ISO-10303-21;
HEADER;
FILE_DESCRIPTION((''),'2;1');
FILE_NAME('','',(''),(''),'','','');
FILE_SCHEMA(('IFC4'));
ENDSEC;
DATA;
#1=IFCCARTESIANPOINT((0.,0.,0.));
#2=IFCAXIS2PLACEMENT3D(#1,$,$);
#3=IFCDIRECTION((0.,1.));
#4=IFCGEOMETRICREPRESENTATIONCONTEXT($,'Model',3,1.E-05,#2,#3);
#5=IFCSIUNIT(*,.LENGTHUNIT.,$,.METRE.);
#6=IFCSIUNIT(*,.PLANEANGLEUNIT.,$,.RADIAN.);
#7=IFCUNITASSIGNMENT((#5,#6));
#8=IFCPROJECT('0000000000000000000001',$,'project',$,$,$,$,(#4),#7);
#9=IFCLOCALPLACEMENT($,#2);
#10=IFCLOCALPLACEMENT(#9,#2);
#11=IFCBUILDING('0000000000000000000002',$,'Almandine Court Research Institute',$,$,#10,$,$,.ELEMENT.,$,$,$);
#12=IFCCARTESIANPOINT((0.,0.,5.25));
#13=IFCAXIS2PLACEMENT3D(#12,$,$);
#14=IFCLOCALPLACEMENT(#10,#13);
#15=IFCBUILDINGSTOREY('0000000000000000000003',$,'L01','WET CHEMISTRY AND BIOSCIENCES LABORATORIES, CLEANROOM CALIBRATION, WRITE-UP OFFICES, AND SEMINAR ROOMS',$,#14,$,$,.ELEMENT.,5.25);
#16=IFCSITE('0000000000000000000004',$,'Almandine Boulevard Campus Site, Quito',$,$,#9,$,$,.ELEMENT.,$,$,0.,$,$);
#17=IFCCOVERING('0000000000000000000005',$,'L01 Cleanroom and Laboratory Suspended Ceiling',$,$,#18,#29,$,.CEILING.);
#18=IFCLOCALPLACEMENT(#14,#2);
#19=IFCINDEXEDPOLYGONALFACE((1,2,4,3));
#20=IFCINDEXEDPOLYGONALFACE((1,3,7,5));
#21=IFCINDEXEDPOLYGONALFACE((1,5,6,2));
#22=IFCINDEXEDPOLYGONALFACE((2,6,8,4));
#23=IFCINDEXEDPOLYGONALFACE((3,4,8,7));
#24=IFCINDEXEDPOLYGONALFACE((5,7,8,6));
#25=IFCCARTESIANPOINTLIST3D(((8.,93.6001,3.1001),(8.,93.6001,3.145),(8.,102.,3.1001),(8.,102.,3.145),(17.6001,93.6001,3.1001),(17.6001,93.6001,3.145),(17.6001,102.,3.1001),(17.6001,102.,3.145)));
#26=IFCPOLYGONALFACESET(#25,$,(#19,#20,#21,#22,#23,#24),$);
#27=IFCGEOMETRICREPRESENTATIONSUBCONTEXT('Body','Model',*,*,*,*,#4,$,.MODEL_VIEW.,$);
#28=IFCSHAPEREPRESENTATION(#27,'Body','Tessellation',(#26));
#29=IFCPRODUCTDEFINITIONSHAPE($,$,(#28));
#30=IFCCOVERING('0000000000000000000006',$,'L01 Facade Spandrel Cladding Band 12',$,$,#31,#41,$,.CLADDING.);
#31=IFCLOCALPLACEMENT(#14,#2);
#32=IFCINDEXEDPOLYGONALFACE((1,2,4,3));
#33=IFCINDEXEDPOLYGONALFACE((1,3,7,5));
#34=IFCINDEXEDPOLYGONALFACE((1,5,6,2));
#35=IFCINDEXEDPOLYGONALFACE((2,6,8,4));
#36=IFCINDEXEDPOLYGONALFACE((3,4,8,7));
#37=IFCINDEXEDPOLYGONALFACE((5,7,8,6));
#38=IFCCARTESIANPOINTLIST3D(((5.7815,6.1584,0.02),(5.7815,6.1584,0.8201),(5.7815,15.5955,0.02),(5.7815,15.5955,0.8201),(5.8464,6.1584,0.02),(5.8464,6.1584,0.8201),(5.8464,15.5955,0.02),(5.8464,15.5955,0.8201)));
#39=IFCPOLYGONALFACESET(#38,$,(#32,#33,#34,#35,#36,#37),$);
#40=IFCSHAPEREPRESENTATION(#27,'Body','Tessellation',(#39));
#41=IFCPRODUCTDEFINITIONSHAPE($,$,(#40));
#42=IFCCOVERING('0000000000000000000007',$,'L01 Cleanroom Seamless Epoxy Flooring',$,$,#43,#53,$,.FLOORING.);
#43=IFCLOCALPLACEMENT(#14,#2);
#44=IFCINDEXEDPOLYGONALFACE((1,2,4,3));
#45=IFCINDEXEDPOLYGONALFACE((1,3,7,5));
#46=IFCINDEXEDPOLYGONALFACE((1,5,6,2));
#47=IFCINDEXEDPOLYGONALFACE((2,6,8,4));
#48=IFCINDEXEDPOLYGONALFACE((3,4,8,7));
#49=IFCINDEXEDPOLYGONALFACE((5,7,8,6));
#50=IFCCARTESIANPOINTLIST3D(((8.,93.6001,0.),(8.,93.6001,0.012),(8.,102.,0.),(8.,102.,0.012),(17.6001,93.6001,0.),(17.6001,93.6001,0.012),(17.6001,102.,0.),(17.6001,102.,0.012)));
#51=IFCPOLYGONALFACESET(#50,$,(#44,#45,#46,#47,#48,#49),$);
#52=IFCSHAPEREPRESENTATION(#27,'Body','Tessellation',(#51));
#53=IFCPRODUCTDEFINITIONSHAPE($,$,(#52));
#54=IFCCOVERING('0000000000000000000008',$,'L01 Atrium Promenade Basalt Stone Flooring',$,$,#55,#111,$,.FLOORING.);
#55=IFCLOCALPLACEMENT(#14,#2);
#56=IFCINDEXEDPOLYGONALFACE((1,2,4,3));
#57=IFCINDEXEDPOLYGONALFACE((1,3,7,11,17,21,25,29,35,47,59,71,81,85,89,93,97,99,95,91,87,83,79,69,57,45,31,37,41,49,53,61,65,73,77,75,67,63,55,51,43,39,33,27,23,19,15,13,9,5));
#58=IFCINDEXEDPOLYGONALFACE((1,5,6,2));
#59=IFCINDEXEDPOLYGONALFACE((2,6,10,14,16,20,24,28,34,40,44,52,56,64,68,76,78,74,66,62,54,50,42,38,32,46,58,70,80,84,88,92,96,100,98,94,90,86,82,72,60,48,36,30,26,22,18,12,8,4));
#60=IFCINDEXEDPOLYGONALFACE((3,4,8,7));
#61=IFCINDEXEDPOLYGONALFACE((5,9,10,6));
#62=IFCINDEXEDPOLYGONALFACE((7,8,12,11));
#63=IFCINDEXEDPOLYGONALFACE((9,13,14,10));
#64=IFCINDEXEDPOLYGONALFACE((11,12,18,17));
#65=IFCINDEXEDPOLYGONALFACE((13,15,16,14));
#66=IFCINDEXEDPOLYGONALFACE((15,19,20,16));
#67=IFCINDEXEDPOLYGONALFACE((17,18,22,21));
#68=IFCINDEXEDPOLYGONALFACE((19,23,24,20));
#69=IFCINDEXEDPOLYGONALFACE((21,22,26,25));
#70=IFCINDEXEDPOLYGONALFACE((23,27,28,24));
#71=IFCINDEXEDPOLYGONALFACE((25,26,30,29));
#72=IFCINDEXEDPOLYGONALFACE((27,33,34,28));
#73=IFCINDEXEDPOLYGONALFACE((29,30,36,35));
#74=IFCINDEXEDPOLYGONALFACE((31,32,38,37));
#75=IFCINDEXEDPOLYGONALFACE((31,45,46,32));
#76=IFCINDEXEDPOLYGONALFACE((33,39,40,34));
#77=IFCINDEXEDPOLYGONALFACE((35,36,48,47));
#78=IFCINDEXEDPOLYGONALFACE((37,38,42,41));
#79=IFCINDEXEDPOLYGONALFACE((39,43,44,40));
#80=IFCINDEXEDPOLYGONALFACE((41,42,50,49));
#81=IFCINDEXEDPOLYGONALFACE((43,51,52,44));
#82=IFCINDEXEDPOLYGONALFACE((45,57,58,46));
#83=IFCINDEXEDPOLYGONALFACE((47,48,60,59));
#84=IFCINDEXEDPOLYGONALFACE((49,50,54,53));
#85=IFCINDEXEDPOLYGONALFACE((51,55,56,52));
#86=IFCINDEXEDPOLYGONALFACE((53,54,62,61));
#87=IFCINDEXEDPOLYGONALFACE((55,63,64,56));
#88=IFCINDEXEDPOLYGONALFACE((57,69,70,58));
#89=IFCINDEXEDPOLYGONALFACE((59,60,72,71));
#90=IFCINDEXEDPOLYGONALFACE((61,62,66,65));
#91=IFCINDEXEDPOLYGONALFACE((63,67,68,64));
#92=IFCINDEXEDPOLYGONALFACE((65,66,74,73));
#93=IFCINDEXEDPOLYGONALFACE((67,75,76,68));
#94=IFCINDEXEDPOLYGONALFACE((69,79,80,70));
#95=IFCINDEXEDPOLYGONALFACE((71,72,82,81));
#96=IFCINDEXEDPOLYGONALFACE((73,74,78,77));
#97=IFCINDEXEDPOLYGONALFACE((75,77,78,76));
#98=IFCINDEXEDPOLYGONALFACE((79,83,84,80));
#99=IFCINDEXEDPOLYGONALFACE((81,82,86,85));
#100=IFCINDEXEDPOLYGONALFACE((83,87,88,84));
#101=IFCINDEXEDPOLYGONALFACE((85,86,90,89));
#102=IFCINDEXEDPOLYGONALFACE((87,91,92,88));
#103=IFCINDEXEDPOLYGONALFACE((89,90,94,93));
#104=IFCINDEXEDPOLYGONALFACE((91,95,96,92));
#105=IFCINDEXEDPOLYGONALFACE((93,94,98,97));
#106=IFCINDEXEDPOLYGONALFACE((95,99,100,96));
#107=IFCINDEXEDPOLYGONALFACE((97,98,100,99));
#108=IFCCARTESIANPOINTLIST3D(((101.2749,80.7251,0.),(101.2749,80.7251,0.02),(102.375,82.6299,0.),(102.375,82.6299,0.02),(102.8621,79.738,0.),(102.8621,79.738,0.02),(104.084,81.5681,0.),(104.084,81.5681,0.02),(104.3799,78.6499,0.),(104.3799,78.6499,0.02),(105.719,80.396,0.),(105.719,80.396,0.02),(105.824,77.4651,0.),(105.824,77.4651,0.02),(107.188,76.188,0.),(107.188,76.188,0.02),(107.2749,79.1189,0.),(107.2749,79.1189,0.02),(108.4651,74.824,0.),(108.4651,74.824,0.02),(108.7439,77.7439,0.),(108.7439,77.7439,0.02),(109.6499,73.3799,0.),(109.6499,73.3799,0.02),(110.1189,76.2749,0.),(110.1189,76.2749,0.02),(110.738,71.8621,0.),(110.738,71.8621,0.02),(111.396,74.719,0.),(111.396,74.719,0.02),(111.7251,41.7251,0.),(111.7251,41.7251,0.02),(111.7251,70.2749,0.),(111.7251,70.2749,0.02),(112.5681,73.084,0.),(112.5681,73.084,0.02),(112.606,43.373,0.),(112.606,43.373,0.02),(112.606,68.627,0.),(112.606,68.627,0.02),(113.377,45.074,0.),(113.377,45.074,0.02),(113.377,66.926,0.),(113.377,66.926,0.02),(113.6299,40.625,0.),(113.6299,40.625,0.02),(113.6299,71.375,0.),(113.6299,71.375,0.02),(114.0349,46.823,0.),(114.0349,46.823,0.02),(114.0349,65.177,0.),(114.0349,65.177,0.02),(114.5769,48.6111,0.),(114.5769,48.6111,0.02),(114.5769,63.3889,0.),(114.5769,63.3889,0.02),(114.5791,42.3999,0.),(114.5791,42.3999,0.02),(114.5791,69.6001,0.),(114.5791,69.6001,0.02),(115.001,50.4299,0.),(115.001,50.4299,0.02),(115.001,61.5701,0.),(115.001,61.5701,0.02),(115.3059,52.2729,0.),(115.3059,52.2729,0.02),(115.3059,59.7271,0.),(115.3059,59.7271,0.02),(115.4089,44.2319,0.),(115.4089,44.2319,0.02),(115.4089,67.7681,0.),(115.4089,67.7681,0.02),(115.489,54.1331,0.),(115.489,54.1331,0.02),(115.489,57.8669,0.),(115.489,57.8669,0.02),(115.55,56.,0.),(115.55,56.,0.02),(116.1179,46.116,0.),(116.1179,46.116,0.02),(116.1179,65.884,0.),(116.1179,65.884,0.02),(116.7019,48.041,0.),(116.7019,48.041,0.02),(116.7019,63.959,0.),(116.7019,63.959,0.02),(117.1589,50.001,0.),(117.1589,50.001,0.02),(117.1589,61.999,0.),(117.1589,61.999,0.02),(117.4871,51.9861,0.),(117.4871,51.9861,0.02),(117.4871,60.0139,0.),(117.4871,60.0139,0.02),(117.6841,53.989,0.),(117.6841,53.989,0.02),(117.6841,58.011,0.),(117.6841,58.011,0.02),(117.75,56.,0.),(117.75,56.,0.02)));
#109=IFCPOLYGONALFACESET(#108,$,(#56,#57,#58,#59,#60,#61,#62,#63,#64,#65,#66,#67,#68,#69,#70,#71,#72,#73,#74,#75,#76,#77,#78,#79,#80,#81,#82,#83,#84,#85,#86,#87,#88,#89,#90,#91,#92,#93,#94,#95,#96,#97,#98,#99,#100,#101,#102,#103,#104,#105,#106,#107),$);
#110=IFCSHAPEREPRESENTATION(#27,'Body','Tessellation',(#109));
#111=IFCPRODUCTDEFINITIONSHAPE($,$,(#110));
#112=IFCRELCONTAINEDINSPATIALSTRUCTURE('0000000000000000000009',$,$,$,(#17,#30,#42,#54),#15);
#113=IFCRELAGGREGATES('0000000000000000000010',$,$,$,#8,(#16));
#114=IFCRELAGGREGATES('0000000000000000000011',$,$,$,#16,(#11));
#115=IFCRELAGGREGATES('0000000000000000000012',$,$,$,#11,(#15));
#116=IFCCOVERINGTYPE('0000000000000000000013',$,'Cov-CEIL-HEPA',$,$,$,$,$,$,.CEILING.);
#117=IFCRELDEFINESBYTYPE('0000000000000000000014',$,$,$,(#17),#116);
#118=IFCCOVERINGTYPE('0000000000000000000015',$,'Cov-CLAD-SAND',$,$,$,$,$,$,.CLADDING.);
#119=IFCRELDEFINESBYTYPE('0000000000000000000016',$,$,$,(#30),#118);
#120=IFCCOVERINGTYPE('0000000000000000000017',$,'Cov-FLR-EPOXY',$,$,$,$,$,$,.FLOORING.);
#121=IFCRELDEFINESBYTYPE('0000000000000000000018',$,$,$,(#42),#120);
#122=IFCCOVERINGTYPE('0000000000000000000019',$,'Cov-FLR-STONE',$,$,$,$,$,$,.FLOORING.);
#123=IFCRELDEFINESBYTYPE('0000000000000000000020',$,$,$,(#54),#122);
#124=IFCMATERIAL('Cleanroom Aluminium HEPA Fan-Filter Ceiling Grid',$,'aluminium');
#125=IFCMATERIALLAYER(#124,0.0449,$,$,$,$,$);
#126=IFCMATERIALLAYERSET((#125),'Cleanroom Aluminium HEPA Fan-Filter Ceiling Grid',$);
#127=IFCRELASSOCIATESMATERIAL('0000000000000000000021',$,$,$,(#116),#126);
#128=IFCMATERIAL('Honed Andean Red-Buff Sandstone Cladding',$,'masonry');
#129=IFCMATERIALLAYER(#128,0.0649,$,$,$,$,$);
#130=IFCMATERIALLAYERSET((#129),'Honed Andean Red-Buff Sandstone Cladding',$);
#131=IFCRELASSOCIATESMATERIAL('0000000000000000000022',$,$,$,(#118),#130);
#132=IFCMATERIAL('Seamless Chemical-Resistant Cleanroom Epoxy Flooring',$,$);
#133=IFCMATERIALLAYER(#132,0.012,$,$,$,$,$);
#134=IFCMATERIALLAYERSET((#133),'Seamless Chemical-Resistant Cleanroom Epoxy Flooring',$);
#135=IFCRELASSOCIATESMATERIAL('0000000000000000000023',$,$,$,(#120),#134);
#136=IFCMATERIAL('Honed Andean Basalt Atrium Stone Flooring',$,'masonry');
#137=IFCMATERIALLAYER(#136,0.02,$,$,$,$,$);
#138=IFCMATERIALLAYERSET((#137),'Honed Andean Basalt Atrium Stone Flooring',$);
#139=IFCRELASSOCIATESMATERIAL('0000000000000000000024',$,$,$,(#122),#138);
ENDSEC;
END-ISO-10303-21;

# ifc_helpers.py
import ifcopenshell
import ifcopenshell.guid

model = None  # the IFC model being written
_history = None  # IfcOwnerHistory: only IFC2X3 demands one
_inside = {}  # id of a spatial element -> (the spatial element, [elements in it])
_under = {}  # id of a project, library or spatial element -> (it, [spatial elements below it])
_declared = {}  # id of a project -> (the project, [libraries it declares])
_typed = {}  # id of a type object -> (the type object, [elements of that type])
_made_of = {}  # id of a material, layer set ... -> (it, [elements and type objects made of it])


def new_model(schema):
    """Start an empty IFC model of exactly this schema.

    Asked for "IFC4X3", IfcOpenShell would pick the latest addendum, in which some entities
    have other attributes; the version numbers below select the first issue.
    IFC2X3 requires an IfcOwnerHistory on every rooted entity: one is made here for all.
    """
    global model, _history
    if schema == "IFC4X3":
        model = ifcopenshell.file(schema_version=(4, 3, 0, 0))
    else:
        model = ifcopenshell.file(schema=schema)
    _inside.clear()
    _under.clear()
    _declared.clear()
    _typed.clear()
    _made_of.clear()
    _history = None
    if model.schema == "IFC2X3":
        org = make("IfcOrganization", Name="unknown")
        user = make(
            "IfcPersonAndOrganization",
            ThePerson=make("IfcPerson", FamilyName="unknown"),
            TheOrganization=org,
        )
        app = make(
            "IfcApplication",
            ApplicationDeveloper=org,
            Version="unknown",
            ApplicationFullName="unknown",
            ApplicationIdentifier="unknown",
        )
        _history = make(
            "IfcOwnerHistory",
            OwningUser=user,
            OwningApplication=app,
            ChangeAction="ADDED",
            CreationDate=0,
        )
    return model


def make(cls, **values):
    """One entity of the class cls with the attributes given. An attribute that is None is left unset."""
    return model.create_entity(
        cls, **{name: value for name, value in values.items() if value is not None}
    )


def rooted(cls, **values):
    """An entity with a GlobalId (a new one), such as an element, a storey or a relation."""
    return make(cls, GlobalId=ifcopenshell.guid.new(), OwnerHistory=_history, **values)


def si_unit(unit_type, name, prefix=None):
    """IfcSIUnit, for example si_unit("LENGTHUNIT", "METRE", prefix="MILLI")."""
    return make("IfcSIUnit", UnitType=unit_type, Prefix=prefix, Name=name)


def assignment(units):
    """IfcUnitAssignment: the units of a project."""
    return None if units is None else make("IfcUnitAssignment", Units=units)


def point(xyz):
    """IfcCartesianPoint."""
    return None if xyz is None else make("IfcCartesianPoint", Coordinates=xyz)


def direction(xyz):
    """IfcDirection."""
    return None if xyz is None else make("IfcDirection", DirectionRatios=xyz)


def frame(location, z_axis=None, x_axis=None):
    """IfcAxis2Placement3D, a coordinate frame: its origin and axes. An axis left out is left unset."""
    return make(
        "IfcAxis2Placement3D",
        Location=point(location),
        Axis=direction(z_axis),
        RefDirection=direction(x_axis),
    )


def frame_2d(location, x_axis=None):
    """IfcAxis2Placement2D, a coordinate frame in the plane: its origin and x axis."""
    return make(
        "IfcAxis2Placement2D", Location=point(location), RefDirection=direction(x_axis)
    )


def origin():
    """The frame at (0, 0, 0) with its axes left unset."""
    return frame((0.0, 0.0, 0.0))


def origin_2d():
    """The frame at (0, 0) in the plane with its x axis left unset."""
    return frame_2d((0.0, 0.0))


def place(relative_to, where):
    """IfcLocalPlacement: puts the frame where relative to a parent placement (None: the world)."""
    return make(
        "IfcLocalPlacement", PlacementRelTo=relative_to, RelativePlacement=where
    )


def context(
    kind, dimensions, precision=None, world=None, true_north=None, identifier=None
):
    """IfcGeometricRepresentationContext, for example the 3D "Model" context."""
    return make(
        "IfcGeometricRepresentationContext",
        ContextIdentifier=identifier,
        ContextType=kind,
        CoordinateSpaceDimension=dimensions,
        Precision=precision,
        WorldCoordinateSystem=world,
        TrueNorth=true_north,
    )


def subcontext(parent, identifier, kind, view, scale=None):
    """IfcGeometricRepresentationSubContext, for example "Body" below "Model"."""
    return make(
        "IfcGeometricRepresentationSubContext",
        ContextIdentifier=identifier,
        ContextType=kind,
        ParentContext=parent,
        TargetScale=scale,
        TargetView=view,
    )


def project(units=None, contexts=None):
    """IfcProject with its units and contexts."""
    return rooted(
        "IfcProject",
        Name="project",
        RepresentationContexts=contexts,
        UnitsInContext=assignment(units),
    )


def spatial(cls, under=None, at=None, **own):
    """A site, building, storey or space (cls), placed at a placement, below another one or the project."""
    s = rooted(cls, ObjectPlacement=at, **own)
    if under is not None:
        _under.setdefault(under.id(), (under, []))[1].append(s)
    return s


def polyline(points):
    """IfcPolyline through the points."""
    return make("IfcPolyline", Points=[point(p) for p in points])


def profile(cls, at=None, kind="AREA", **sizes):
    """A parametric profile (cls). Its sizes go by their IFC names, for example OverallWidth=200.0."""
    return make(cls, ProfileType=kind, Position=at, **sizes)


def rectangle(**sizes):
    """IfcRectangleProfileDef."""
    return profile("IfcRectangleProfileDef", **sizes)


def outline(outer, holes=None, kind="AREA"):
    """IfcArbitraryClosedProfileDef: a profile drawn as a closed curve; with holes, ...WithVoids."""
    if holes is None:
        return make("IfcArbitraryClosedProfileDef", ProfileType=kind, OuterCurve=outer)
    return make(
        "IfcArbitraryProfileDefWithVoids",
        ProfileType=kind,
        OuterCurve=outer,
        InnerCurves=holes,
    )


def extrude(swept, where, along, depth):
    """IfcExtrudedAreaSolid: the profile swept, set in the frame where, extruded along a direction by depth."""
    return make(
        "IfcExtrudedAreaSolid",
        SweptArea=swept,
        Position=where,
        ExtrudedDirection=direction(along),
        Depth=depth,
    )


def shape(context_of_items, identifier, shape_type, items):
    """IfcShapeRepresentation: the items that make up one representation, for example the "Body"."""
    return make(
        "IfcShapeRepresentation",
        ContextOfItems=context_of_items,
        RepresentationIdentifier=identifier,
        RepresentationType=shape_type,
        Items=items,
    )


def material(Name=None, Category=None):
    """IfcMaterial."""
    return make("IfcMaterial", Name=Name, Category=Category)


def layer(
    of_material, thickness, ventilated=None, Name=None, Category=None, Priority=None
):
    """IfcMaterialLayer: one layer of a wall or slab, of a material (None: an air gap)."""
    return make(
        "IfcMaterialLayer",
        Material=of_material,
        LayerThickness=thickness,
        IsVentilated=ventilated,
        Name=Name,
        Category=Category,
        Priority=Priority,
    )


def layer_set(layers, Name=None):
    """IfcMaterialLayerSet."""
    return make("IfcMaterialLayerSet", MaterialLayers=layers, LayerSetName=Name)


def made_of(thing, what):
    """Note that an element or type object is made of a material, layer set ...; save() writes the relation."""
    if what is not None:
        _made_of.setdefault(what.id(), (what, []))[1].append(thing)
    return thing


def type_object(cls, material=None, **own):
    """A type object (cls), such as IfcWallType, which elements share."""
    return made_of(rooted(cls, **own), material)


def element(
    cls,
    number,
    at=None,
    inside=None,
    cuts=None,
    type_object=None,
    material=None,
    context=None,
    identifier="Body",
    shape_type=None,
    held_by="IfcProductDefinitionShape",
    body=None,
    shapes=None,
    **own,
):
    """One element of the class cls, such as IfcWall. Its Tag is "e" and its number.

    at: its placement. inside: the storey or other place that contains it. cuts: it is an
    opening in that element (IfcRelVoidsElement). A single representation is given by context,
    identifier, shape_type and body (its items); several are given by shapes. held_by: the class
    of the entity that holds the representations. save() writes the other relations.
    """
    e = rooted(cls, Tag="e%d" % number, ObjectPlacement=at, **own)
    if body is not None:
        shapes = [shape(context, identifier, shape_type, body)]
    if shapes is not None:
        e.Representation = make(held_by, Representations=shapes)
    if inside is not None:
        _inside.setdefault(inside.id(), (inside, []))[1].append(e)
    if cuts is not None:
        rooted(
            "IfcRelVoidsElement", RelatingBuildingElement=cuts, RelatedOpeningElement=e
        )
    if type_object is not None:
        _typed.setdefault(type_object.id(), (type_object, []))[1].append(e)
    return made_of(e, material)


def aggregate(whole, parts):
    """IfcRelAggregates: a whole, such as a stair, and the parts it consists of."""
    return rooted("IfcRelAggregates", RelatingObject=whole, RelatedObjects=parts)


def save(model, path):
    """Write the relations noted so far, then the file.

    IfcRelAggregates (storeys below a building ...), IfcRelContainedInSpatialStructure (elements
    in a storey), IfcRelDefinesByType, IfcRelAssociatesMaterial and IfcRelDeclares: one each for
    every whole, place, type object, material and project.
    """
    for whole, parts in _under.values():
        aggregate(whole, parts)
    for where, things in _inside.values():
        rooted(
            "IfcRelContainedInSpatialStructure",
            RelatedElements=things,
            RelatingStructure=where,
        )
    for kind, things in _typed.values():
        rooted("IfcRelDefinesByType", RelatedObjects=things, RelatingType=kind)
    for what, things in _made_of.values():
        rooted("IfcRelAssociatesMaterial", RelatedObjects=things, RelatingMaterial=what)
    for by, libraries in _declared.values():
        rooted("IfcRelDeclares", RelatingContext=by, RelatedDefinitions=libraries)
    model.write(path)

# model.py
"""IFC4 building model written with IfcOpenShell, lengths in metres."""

from ifc_helpers import new_model, si_unit, direction, frame, origin, origin_2d, place, context, subcontext, project, spatial, polyline, rectangle, outline, extrude, material, layer, layer_set, type_object, element, save


model = new_model("IFC4")

# Units and contexts
model_context = context("Model", 3, precision=1e-05, world=origin(), true_north=direction((0.0, 1.0)))
body_context = subcontext(model_context, "Body", "Model", "MODEL_VIEW")
ifc_project = project(units=[si_unit("LENGTHUNIT", "METRE"), si_unit("PLANEANGLEUNIT", "RADIAN")], contexts=[model_context])

# Site, building, storey
site_placement = place(None, origin())
site = spatial("IfcSite", under=ifc_project, at=site_placement, Name="Almandine Boulevard Campus Site, Quito", CompositionType="ELEMENT", RefElevation=0.0)
building_placement = place(site_placement, origin())
building = spatial("IfcBuilding", under=site, at=building_placement, Name="Almandine Court Research Institute", CompositionType="ELEMENT")
storey_placement = place(building_placement, frame((0.0, 0.0, 5.25)))
storey = spatial("IfcBuildingStorey", under=building, at=storey_placement, Name="L01", Description="WET CHEMISTRY AND BIOSCIENCES LABORATORIES, CLEANROOM CALIBRATION, WRITE-UP OFFICES, AND SEMINAR ROOMS", CompositionType="ELEMENT", Elevation=5.25)

# Coverings
ifc_material_1 = material(Name="Cleanroom Aluminium HEPA Fan-Filter Ceiling Grid", Category="aluminium")
ifc_layer_1 = layer(ifc_material_1, 0.0449)
ifc_layer_set_1 = layer_set([ifc_layer_1], Name="Cleanroom Aluminium HEPA Fan-Filter Ceiling Grid")
covering_type_1 = type_object("IfcCoveringType", Name="Cov-CEIL-HEPA", PredefinedType="CEILING", material=ifc_layer_set_1)
covering_1_placement = place(storey_placement, frame((0.0, 0.0, 3.1001)))
element("IfcCovering", 1, at=covering_1_placement, inside=storey, type_object=covering_type_1, Name="L01 Cleanroom and Laboratory Suspended Ceiling", PredefinedType="CEILING", context=body_context, shape_type="SweptSolid", body=[
    extrude(outline(polyline([(8.0, 93.6001), (17.6001, 93.6001), (17.6001, 102.0), (8.0, 102.0), (8.0, 93.6001)])), origin(), (0.0, 0.0, 1.0), 0.0449),
])
ifc_material_2 = material(Name="Honed Andean Red-Buff Sandstone Cladding", Category="masonry")
ifc_layer_2 = layer(ifc_material_2, 0.0649)
ifc_layer_set_2 = layer_set([ifc_layer_2], Name="Honed Andean Red-Buff Sandstone Cladding")
covering_type_2 = type_object("IfcCoveringType", Name="Cov-CLAD-SAND", PredefinedType="CLADDING", material=ifc_layer_set_2)
covering_2_placement = place(storey_placement, frame((5.814, 10.877, 0.02), z_axis=(0.0, 0.0, 1.0), x_axis=(0.0, 1.0, 0.0)))
element("IfcCovering", 2, at=covering_2_placement, inside=storey, type_object=covering_type_2, Name="L01 Facade Spandrel Cladding Band 12", PredefinedType="CLADDING", context=body_context, shape_type="SweptSolid", body=[
    extrude(rectangle(XDim=9.437, YDim=0.0649, at=origin_2d()), origin(), (0.0, 0.0, 1.0), 0.8),
])
ifc_material_3 = material(Name="Seamless Chemical-Resistant Cleanroom Epoxy Flooring")
ifc_layer_3 = layer(ifc_material_3, 0.012)
ifc_layer_set_3 = layer_set([ifc_layer_3], Name="Seamless Chemical-Resistant Cleanroom Epoxy Flooring")
covering_type_3 = type_object("IfcCoveringType", Name="Cov-FLR-EPOXY", PredefinedType="FLOORING", material=ifc_layer_set_3)
covering_3_placement = place(storey_placement, origin())
element("IfcCovering", 3, at=covering_3_placement, inside=storey, type_object=covering_type_3, Name="L01 Cleanroom Seamless Epoxy Flooring", PredefinedType="FLOORING", context=body_context, shape_type="SweptSolid", body=[
    extrude(outline(polyline([(8.0, 93.6001), (17.6001, 93.6001), (17.6001, 102.0), (8.0, 102.0), (8.0, 93.6001)])), origin(), (0.0, 0.0, 1.0), 0.012),
])
ifc_material_4 = material(Name="Honed Andean Basalt Atrium Stone Flooring", Category="masonry")
ifc_layer_4 = layer(ifc_material_4, 0.02)
ifc_layer_set_4 = layer_set([ifc_layer_4], Name="Honed Andean Basalt Atrium Stone Flooring")
covering_type_4 = type_object("IfcCoveringType", Name="Cov-FLR-STONE", PredefinedType="FLOORING", material=ifc_layer_set_4)
covering_4_placement = place(storey_placement, origin())
element("IfcCovering", 4, at=covering_4_placement, inside=storey, type_object=covering_type_4, Name="L01 Atrium Promenade Basalt Stone Flooring", PredefinedType="FLOORING", context=body_context, shape_type="SweptSolid", body=[
    extrude(outline(polyline([(113.6299, 40.625), (114.5791, 42.3999), (115.4089, 44.2319), (116.1179, 46.116), (116.7019, 48.041), (117.1589, 50.001), (117.4871, 51.9861), (117.6841, 53.989), (117.75, 56.0), (117.6841, 58.011), (117.4871, 60.0139), (117.1589, 61.999), (116.7019, 63.959), (116.1179, 65.884), (115.4089, 67.7681), (114.5791, 69.6001), (113.6299, 71.375), (112.5681, 73.084), (111.396, 74.719), (110.1189, 76.2749), (108.7439, 77.7439), (107.2749, 79.1189), (105.719, 80.396), (104.084, 81.5681), (102.375, 82.6299), (101.2749, 80.7251), (102.8621, 79.738), (104.3799, 78.6499), (105.824, 77.4651), (107.188, 76.188), (108.4651, 74.824), (109.6499, 73.3799), (110.738, 71.8621), (111.7251, 70.2749), (112.606, 68.627), (113.377, 66.926), (114.0349, 65.177), (114.5769, 63.3889), (115.001, 61.5701), (115.3059, 59.7271), (115.489, 57.8669), (115.55, 56.0), (115.489, 54.1331), (115.3059, 52.2729), (115.001, 50.4299), (114.5769, 48.6111), (114.0349, 46.823), (113.377, 45.074), (112.606, 43.373), (111.7251, 41.7251), (113.6299, 40.625)])), origin(), (0.0, 0.0, 1.0), 0.02),
])

save(model, "model.ifc")
